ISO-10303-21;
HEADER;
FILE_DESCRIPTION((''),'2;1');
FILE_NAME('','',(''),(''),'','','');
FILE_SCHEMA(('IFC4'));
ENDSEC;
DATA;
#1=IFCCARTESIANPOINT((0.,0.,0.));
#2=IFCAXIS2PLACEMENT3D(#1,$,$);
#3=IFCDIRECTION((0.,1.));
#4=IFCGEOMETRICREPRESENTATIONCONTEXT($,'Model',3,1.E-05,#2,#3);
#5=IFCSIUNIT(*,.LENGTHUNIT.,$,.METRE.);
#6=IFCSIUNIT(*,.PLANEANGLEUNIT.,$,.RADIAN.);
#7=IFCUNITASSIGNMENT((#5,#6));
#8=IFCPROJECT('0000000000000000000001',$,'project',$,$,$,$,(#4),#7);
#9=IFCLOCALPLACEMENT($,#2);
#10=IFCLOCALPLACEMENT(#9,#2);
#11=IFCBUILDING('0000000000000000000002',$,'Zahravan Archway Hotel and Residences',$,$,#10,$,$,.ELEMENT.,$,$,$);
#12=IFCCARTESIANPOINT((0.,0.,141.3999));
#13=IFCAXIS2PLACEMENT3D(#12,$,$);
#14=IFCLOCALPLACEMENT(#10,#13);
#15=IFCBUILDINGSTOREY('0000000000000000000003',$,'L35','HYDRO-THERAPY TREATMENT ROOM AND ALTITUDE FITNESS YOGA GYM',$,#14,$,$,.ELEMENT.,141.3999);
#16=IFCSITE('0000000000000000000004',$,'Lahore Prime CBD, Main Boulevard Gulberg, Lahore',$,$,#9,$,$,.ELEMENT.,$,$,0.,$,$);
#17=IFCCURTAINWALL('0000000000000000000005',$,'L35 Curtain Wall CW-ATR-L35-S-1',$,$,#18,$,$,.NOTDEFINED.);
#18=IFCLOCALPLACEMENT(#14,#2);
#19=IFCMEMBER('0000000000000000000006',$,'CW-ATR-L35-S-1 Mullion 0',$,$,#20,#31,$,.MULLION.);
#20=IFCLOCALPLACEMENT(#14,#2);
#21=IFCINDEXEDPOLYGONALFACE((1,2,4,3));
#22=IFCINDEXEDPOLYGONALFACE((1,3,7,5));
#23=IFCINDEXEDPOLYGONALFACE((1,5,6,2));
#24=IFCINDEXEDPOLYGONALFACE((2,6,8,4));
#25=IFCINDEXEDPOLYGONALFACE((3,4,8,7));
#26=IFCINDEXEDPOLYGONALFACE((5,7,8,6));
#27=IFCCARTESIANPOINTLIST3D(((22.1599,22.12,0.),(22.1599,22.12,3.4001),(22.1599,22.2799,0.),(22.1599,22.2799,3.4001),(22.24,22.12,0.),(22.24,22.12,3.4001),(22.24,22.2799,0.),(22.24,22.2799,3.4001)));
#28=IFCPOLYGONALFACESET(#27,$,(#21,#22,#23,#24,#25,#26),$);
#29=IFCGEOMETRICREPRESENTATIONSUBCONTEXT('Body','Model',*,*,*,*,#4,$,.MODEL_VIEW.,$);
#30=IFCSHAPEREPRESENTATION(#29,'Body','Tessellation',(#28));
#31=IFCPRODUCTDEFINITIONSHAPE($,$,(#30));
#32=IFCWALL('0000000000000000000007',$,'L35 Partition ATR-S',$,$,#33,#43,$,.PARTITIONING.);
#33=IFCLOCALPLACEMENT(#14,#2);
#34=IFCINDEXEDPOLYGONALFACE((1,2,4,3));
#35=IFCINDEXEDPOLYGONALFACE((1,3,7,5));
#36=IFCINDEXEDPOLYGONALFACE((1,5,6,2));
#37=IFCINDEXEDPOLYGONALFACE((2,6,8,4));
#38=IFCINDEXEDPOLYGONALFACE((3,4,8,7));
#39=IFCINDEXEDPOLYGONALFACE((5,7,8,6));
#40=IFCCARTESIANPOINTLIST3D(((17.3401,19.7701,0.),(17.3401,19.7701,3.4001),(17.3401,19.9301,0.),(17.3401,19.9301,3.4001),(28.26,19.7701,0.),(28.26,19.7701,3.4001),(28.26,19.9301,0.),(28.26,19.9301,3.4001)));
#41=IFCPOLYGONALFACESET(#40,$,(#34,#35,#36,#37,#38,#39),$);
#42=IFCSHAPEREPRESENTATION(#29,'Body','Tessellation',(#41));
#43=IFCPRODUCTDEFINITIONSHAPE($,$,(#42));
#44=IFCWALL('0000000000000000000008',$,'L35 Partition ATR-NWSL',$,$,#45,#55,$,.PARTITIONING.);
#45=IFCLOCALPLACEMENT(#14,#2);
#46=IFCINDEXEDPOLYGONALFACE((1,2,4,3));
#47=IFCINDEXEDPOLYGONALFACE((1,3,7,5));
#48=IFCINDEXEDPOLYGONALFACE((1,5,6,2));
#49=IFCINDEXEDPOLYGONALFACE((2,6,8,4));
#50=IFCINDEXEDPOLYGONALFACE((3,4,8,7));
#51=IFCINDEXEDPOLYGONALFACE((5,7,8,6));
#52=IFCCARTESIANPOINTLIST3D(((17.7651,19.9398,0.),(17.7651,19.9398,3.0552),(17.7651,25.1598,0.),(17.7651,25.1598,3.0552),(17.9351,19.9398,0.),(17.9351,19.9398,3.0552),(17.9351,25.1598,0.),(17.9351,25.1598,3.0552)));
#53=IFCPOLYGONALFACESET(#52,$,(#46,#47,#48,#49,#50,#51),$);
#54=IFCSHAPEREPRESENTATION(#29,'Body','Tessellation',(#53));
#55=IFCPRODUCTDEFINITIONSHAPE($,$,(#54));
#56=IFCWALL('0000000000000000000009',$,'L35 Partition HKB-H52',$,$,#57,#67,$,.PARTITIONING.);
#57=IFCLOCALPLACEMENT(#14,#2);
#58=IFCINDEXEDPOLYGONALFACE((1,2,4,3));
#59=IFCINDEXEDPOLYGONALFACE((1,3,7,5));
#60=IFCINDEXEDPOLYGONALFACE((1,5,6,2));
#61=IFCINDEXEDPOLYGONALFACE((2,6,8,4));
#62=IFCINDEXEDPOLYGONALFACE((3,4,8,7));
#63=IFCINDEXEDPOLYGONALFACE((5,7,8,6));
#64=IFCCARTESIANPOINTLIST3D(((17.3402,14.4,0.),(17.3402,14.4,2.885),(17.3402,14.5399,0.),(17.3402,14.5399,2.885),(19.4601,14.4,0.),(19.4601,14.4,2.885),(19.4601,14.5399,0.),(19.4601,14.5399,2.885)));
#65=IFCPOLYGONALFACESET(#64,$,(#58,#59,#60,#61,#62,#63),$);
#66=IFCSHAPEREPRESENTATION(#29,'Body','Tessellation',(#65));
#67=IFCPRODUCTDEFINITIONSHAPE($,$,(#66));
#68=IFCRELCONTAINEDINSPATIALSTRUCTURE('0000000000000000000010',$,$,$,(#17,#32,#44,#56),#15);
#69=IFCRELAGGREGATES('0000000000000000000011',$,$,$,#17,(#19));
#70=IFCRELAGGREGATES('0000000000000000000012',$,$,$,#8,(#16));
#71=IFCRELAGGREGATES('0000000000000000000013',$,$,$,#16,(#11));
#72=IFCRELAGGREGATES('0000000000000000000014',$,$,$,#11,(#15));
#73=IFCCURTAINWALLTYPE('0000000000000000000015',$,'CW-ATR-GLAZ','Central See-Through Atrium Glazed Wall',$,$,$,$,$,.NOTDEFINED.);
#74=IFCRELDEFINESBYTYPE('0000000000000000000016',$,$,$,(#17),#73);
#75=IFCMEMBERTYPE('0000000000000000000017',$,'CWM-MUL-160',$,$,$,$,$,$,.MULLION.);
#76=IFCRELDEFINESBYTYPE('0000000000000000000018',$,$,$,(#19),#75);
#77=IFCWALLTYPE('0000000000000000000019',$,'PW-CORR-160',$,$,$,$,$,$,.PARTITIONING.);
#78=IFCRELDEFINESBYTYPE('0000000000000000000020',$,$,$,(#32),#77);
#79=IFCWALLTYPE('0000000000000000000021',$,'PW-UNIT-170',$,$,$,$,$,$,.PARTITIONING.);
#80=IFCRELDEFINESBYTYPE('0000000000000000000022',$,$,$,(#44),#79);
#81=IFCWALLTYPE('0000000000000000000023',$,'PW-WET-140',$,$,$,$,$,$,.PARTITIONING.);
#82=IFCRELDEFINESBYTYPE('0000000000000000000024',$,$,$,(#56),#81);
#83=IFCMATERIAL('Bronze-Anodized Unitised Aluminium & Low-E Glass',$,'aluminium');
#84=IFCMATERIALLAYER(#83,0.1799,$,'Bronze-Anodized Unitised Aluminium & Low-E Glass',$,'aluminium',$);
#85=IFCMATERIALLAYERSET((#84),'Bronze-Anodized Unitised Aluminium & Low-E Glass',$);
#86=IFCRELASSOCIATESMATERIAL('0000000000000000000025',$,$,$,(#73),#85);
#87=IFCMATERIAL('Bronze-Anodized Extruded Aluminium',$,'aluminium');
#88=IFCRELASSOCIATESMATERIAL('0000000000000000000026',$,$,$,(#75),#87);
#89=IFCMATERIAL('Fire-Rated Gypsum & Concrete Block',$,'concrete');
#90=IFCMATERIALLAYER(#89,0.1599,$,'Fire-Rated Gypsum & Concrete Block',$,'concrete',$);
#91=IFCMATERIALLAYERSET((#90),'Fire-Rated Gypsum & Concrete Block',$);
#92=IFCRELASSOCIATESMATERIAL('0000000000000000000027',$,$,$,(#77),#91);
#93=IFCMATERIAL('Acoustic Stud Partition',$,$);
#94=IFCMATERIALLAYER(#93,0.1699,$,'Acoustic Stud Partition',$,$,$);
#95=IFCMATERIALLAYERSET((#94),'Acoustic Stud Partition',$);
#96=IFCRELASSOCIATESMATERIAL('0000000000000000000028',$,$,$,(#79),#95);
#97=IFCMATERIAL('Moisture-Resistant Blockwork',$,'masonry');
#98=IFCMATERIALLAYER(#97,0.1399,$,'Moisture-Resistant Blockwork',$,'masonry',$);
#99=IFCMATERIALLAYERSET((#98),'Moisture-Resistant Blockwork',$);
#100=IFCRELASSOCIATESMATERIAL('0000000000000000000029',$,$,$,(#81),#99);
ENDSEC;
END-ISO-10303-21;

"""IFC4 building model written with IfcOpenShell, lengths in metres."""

from ifc_helpers import new_model, si_unit, direction, frame, frame_2d, origin, origin_2d, place, context, subcontext, project, spatial, rectangle, extrude, source, transform, mapped, material, layer, layer_set, material_profile, profile_set, type_object, element, aggregate, save


model = new_model("IFC4")

# Units and contexts
model_context = context("Model", 3, precision=1e-05, world=origin(), true_north=direction((0.0, 1.0)))
body_context = subcontext(model_context, "Body", "Model", "MODEL_VIEW")
ifc_project = project(units=[si_unit("LENGTHUNIT", "METRE"), si_unit("PLANEANGLEUNIT", "RADIAN")], contexts=[model_context])

# Site, building, storey
site_placement = place(None, origin())
site = spatial("IfcSite", under=ifc_project, at=site_placement, Name="Lahore Prime CBD, Main Boulevard Gulberg, Lahore", CompositionType="ELEMENT", RefElevation=0.0)
building_placement = place(site_placement, origin())
building = spatial("IfcBuilding", under=site, at=building_placement, Name="Zahravan Archway Hotel and Residences", CompositionType="ELEMENT")
storey_placement = place(building_placement, frame((0.0, 0.0, 141.3999)))
storey = spatial("IfcBuildingStorey", under=building, at=storey_placement, Name="L35", Description="HYDRO-THERAPY TREATMENT ROOM AND ALTITUDE FITNESS YOGA GYM", CompositionType="ELEMENT", Elevation=141.3999)

# Curtain wall, member
ifc_material_1 = material(Name="Bronze-Anodized Unitised Aluminium & Low-E Glass", Category="aluminium")
ifc_layer_1 = layer(ifc_material_1, 0.1799, Name="Bronze-Anodized Unitised Aluminium & Low-E Glass", Category="aluminium")
ifc_layer_set_1 = layer_set([ifc_layer_1], Name="Bronze-Anodized Unitised Aluminium & Low-E Glass")
curtain_wall_type = type_object("IfcCurtainWallType", Name="CW-ATR-GLAZ", Description="Central See-Through Atrium Glazed Wall", PredefinedType="NOTDEFINED", material=ifc_layer_set_1)
curtain_wall_placement = place(storey_placement, origin())
curtain_wall = element("IfcCurtainWall", 1, at=curtain_wall_placement, inside=storey, type_object=curtain_wall_type, Name="L35 Curtain Wall CW-ATR-L35-S-1", PredefinedType="NOTDEFINED")
ifc_material_2 = material(Name="Bronze-Anodized Extruded Aluminium", Category="aluminium")
ifc_material_profile_1 = material_profile(ifc_material_2, rectangle(XDim=0.0801, YDim=0.1599, at=origin_2d()), Name="MUL 80x160", Category="aluminium")
ifc_profile_set_1 = profile_set([ifc_material_profile_1], Name="Bronze-Anodized Extruded Aluminium")
member_type = type_object("IfcMemberType", Name="CWM-MUL-160", PredefinedType="MULLION", material=ifc_profile_set_1)
shared_shape_1 = source(origin(), body_context, "Body", "SweptSolid", [
    extrude(rectangle(XDim=0.0801, YDim=0.1599, at=origin_2d()), origin(), (0.0, 0.0, 1.0), 3.4001),
])
member_placement = place(storey_placement, frame((22.2, 22.2, 0.0), z_axis=(0.0, 0.0, 1.0), x_axis=(1.0, 0.0, 0.0)))
member = element("IfcMember", 2, at=member_placement, type_object=member_type, Name="CW-ATR-L35-S-1 Mullion 0", PredefinedType="MULLION", context=body_context, shape_type="MappedRepresentation", body=[
    mapped(shared_shape_1, transform((0.0, 0.0, 0.0), scale=1.0)),
])
aggregate(curtain_wall, [member])

# Walls
ifc_material_3 = material(Name="Fire-Rated Gypsum & Concrete Block", Category="concrete")
ifc_layer_2 = layer(ifc_material_3, 0.1599, Name="Fire-Rated Gypsum & Concrete Block", Category="concrete")
ifc_layer_set_2 = layer_set([ifc_layer_2], Name="Fire-Rated Gypsum & Concrete Block")
wall_type_1 = type_object("IfcWallType", Name="PW-CORR-160", PredefinedType="PARTITIONING", material=ifc_layer_set_2)
wall_1_placement = place(storey_placement, frame((17.3401, 19.8501, 0.0), z_axis=(0.0, 0.0, 1.0), x_axis=(1.0, 0.0, 0.0)))
element("IfcWall", 3, at=wall_1_placement, inside=storey, type_object=wall_type_1, Name="L35 Partition ATR-S", PredefinedType="PARTITIONING", context=body_context, shape_type="SweptSolid", body=[
    extrude(rectangle(XDim=10.9199, YDim=0.1599, at=frame_2d((5.46, 0.0))), origin(), (0.0, 0.0, 1.0), 3.4001),
])
ifc_material_4 = material(Name="Acoustic Stud Partition")
ifc_layer_3 = layer(ifc_material_4, 0.1699, Name="Acoustic Stud Partition")
ifc_layer_set_3 = layer_set([ifc_layer_3], Name="Acoustic Stud Partition")
wall_type_2 = type_object("IfcWallType", Name="PW-UNIT-170", PredefinedType="PARTITIONING", material=ifc_layer_set_3)
wall_2_placement = place(storey_placement, frame((17.8501, 19.9399, 0.0), z_axis=(0.0, 0.0, 1.0), x_axis=(0.0, 1.0, 0.0)))
element("IfcWall", 4, at=wall_2_placement, inside=storey, type_object=wall_type_2, Name="L35 Partition ATR-NWSL", PredefinedType="PARTITIONING", context=body_context, shape_type="SweptSolid", body=[
    extrude(rectangle(XDim=5.22, YDim=0.1699, at=frame_2d((2.6099, 0.0))), origin(), (0.0, 0.0, 1.0), 3.0552),
])
ifc_material_5 = material(Name="Moisture-Resistant Blockwork", Category="masonry")
ifc_layer_4 = layer(ifc_material_5, 0.1399, Name="Moisture-Resistant Blockwork", Category="masonry")
ifc_layer_set_4 = layer_set([ifc_layer_4], Name="Moisture-Resistant Blockwork")
wall_type_3 = type_object("IfcWallType", Name="PW-WET-140", PredefinedType="PARTITIONING", material=ifc_layer_set_4)
wall_3_placement = place(storey_placement, frame((17.3401, 14.47, 0.0), z_axis=(0.0, 0.0, 1.0), x_axis=(1.0, 0.0, 0.0)))
element("IfcWall", 5, at=wall_3_placement, inside=storey, type_object=wall_type_3, Name="L35 Partition HKB-H52", PredefinedType="PARTITIONING", context=body_context, shape_type="SweptSolid", body=[
    extrude(rectangle(XDim=2.1199, YDim=0.1399, at=frame_2d((1.0601, 0.0))), origin(), (0.0, 0.0, 1.0), 2.885),
])

save(model, "model.ifc")
